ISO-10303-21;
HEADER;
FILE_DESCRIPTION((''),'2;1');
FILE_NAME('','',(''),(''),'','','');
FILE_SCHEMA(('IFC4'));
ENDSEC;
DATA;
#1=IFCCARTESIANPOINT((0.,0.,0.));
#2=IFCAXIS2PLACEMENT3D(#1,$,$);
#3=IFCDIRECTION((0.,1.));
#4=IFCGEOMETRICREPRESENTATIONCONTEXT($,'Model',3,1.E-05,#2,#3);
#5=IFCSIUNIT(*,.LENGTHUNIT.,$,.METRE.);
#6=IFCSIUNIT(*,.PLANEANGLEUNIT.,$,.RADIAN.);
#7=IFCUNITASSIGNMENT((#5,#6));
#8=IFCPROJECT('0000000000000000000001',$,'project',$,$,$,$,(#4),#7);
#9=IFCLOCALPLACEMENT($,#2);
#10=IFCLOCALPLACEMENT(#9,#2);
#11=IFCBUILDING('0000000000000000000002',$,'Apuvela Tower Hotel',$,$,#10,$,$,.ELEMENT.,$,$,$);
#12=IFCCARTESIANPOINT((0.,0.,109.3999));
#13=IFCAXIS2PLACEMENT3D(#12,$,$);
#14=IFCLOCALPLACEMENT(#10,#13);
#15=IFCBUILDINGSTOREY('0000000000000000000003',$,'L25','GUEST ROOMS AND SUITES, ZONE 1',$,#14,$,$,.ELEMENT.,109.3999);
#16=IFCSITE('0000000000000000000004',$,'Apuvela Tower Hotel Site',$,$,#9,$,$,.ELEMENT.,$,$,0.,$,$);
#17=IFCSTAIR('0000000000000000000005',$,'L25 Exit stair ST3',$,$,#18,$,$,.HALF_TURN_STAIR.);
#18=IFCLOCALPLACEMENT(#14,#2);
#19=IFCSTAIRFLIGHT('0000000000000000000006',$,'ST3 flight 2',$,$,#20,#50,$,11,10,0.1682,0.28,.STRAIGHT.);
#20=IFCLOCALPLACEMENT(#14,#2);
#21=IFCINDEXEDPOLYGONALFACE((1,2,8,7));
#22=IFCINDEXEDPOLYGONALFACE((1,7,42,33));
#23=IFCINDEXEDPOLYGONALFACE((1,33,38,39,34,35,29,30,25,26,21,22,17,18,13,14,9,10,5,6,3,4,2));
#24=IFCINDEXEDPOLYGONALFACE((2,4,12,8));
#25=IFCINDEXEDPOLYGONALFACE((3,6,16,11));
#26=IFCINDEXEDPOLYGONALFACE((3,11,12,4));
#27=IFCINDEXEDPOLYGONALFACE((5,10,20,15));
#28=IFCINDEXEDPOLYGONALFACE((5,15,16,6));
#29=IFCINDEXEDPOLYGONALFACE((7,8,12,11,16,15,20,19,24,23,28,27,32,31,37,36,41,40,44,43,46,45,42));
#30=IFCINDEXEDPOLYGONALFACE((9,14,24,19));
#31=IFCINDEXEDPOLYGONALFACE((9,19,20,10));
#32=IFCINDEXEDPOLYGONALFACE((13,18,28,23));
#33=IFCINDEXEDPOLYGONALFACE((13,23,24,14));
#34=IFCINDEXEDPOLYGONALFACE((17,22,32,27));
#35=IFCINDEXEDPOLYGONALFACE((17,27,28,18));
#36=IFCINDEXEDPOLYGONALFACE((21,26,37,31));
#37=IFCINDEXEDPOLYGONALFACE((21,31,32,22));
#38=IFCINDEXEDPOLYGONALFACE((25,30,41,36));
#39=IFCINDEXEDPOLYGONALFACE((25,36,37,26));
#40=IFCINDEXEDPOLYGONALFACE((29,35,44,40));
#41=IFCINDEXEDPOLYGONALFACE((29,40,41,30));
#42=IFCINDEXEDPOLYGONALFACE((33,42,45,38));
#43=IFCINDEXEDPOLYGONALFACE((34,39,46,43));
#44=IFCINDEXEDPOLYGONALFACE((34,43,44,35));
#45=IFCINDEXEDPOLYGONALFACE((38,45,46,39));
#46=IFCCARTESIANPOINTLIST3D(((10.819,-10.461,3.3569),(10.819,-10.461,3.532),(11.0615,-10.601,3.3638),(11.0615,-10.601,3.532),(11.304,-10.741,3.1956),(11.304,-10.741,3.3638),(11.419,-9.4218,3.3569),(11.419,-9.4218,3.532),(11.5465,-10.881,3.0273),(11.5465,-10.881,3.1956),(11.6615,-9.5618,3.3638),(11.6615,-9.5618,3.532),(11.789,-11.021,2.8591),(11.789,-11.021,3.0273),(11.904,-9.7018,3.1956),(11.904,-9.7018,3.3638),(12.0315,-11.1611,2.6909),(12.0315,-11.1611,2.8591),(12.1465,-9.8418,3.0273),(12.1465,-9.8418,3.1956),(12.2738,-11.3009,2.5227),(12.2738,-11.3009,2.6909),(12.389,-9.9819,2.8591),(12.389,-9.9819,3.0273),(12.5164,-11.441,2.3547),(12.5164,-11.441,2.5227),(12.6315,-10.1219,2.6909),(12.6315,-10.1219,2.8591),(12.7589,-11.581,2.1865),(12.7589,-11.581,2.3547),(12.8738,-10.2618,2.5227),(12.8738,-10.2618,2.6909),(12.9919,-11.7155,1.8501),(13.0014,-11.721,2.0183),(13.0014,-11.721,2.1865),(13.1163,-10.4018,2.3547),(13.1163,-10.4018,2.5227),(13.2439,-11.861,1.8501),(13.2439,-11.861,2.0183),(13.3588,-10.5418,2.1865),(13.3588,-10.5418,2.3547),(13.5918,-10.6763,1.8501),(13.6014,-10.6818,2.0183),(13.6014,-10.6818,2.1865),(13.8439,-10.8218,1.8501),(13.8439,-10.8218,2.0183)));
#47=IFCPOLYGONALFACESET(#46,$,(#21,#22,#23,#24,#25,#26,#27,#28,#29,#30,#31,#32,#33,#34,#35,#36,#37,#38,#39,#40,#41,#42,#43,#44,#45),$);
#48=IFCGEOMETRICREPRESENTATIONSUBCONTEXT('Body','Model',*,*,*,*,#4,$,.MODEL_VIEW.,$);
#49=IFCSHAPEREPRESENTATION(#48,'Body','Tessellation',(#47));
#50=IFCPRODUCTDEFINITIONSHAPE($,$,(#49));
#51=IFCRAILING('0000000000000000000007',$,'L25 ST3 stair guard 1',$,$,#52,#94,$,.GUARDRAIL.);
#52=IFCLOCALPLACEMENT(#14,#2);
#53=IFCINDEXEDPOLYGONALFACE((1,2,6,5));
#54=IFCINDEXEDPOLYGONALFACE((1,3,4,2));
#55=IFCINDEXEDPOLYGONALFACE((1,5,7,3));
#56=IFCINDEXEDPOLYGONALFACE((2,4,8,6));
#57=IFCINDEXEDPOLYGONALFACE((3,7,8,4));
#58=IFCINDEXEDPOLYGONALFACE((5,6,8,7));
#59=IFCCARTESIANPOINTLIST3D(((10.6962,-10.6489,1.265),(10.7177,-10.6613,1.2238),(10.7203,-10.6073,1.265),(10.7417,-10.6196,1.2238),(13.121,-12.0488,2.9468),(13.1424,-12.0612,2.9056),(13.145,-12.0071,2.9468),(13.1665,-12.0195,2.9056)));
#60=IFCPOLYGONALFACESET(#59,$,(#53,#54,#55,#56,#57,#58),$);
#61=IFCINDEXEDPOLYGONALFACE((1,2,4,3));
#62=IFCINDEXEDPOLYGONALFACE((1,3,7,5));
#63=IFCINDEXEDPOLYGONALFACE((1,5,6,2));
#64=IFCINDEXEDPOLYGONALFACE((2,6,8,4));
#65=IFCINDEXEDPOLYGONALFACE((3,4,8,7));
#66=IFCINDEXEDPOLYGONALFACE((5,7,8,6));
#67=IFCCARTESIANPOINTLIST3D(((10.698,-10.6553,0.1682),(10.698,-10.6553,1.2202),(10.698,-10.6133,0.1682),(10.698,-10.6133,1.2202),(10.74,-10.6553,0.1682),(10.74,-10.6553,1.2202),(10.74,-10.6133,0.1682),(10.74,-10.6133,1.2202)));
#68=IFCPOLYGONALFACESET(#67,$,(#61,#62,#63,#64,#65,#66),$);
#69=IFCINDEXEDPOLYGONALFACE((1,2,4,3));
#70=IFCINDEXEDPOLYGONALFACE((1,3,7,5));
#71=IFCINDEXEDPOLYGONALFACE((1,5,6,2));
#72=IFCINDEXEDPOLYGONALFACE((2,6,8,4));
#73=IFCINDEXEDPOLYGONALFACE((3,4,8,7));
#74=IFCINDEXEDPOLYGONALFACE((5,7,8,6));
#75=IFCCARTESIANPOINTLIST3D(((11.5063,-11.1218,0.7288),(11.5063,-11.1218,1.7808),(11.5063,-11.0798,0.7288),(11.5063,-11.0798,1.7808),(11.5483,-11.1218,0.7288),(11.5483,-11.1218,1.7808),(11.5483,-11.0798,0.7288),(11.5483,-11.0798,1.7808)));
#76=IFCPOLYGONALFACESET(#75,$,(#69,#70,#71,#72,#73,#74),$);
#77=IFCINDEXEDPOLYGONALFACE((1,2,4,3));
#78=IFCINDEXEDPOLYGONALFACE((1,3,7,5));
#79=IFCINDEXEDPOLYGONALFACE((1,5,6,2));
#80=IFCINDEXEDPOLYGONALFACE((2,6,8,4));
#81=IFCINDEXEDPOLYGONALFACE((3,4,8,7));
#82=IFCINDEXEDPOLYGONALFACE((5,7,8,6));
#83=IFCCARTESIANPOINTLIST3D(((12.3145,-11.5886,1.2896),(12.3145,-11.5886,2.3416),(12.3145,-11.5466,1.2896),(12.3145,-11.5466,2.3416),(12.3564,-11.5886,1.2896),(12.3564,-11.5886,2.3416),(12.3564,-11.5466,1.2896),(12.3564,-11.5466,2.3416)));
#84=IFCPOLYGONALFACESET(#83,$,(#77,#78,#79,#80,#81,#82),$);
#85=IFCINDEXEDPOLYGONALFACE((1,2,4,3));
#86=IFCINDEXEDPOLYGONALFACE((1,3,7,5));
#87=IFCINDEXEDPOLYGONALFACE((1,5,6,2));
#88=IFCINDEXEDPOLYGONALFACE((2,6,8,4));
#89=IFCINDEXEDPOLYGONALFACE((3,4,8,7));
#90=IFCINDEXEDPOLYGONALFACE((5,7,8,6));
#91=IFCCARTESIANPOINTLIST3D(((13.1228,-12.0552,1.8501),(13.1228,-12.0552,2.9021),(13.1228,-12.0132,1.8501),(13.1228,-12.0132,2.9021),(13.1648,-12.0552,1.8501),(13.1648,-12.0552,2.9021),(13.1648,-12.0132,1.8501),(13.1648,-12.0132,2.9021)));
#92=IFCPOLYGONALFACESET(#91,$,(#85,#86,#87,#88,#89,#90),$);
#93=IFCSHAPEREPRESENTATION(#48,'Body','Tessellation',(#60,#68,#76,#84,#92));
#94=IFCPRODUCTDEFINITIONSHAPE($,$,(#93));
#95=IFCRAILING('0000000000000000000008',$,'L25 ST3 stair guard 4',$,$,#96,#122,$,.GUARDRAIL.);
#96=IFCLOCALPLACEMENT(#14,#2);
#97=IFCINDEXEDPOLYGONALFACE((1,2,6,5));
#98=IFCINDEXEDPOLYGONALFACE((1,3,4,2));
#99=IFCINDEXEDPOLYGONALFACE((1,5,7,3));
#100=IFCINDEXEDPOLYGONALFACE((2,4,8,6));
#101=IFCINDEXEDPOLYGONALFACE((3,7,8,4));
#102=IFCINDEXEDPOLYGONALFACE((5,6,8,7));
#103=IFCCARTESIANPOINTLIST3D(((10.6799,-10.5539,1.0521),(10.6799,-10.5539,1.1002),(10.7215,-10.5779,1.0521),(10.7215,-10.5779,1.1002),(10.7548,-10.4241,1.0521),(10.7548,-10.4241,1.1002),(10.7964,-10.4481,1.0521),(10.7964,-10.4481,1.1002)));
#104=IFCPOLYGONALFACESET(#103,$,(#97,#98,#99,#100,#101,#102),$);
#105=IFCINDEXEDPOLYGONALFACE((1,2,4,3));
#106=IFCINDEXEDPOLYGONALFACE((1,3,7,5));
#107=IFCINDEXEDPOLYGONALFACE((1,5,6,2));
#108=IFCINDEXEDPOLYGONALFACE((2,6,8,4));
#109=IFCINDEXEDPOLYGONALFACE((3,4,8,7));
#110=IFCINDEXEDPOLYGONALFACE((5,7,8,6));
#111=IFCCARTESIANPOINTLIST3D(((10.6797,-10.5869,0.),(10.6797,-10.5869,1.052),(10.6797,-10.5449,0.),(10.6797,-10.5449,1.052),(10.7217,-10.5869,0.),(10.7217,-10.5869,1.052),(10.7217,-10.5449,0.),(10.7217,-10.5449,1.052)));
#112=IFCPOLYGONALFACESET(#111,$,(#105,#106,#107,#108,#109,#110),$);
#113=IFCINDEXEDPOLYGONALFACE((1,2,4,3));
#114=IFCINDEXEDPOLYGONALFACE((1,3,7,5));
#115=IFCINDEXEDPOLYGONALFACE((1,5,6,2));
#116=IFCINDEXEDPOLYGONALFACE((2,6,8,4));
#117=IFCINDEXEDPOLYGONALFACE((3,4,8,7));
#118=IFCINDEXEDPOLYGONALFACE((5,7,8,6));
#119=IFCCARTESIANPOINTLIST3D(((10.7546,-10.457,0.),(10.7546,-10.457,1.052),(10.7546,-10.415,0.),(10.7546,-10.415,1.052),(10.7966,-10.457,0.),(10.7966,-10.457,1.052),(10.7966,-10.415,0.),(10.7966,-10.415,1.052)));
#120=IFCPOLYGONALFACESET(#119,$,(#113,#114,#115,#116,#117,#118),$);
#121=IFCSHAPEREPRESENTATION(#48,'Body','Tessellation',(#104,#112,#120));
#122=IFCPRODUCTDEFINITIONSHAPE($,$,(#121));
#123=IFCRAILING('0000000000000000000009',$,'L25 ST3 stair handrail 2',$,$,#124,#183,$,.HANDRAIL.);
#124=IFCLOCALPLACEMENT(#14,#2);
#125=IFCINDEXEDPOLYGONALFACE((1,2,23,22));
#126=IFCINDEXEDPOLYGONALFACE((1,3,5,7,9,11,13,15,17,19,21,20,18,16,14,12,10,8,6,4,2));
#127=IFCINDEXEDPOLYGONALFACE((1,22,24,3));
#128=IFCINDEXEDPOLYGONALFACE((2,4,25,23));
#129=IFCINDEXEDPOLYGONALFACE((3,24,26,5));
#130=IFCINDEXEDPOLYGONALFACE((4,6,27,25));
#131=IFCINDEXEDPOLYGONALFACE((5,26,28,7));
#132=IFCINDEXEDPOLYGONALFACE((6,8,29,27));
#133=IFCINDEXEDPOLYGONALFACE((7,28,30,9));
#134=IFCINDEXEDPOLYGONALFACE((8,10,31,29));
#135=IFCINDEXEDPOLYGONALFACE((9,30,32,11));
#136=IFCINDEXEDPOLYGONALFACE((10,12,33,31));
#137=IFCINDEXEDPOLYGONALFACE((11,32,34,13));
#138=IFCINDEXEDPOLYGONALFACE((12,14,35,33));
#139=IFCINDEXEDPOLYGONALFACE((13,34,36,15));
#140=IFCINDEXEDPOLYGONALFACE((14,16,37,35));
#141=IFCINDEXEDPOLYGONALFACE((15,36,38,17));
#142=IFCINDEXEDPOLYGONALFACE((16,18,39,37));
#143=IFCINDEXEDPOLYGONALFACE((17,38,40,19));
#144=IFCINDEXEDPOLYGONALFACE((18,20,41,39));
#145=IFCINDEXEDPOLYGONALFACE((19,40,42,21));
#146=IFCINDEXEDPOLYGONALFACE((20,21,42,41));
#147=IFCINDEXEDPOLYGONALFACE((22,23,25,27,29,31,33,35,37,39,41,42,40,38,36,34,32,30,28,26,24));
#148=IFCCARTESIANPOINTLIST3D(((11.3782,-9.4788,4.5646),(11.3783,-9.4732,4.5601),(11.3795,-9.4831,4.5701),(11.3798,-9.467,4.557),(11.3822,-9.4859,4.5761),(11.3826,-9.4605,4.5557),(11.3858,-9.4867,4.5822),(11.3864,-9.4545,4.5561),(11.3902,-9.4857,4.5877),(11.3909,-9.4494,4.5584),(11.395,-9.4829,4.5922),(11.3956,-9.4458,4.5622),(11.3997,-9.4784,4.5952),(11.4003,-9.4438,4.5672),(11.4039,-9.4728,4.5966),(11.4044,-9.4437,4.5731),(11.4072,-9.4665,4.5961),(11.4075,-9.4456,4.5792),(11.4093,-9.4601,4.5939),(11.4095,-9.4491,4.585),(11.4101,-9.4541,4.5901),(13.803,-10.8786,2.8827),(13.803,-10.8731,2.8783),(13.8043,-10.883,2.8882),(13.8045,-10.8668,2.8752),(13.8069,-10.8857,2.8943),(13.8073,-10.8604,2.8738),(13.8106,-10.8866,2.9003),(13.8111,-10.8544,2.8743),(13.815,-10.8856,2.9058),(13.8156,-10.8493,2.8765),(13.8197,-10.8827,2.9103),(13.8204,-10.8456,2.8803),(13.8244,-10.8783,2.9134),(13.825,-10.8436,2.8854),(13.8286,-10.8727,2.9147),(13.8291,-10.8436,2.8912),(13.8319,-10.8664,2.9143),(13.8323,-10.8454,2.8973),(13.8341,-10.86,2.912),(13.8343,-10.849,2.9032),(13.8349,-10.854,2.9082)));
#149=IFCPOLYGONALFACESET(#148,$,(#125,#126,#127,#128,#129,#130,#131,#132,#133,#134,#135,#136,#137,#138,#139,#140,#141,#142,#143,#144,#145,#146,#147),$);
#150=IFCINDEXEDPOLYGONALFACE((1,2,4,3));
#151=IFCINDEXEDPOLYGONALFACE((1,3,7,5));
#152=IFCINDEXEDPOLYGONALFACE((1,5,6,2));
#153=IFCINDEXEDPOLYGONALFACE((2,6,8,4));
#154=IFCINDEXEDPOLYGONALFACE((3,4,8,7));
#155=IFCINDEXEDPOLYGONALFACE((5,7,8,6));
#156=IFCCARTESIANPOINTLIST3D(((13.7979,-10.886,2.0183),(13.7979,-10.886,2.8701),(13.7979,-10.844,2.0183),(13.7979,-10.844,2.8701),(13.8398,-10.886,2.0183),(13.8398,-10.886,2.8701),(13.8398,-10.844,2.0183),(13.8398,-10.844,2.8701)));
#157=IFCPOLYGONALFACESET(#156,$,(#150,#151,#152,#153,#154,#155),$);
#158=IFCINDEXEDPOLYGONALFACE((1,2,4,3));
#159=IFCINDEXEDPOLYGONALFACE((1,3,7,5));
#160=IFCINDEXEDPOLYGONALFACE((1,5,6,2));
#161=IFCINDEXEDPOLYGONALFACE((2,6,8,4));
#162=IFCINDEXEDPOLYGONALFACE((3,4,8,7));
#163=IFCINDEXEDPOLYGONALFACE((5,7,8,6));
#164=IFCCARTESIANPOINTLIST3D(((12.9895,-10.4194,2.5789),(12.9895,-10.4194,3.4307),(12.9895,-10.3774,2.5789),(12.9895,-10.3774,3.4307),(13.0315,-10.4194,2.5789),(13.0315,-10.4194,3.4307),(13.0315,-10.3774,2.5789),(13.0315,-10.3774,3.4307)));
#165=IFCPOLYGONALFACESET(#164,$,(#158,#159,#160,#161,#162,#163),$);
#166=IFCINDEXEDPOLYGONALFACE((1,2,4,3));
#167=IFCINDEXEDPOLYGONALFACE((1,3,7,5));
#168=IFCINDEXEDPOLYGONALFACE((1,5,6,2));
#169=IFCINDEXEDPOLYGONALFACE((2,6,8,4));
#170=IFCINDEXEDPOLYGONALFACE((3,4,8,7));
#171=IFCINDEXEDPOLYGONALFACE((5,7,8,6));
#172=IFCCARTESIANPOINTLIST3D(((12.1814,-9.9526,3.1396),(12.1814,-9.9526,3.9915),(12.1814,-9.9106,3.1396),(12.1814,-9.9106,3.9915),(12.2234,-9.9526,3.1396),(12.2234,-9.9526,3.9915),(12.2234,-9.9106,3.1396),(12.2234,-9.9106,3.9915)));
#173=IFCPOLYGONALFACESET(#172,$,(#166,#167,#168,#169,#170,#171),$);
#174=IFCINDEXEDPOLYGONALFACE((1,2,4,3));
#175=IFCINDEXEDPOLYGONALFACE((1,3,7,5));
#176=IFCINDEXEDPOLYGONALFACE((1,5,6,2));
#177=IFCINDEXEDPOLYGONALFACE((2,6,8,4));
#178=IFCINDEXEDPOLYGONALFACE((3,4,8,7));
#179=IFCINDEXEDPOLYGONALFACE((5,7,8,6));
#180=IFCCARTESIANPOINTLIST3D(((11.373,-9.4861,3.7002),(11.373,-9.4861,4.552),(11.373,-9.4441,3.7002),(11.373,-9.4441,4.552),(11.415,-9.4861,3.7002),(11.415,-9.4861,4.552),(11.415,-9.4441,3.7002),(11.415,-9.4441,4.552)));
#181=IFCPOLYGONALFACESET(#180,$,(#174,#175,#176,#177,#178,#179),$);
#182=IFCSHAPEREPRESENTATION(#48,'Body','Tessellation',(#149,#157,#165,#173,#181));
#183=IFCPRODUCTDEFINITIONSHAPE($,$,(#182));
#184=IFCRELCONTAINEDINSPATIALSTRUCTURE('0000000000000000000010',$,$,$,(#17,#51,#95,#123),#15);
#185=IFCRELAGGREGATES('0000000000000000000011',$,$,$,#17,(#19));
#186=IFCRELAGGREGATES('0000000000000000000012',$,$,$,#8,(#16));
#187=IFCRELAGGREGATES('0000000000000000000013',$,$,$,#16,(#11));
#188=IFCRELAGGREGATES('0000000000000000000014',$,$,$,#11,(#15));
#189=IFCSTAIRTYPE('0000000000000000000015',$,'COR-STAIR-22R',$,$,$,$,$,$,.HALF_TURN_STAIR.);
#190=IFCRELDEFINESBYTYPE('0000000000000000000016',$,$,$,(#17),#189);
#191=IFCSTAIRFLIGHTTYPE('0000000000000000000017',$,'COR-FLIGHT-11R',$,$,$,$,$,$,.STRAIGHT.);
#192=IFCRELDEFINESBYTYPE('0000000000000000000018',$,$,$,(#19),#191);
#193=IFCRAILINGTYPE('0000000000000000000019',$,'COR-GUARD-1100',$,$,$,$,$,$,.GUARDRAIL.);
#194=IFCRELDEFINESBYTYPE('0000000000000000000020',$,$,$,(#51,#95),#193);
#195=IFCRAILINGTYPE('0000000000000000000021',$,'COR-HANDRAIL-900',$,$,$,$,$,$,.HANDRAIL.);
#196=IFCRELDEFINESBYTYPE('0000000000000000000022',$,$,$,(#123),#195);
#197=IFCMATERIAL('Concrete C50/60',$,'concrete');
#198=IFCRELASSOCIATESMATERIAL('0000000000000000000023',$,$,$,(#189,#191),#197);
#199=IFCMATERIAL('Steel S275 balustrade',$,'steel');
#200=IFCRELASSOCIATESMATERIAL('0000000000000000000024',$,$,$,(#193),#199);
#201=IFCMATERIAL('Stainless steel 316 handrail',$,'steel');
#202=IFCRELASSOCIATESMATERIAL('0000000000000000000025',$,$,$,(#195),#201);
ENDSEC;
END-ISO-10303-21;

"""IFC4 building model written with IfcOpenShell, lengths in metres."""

from ifc_helpers import new_model, si_unit, direction, frame, origin, origin_2d, place, context, subcontext, project, spatial, polyline, rectangle, circle, outline, extrude, material, type_object, element, aggregate, save


model = new_model("IFC4")

# Units and contexts
model_context = context("Model", 3, precision=1e-05, world=origin(), true_north=direction((0.0, 1.0)))
body_context = subcontext(model_context, "Body", "Model", "MODEL_VIEW")
ifc_project = project(units=[si_unit("LENGTHUNIT", "METRE"), si_unit("PLANEANGLEUNIT", "RADIAN")], contexts=[model_context])

# Site, building, storey
site_placement = place(None, origin())
site = spatial("IfcSite", under=ifc_project, at=site_placement, Name="Apuvela Tower Hotel Site", CompositionType="ELEMENT", RefElevation=0.0)
building_placement = place(site_placement, origin())
building = spatial("IfcBuilding", under=site, at=building_placement, Name="Apuvela Tower Hotel", CompositionType="ELEMENT")
storey_placement = place(building_placement, frame((0.0, 0.0, 109.3999)))
storey = spatial("IfcBuildingStorey", under=building, at=storey_placement, Name="L25", Description="GUEST ROOMS AND SUITES, ZONE 1", CompositionType="ELEMENT", Elevation=109.3999)

# Shared definitions
ifc_material_1 = material(Name="Concrete C50/60", Category="concrete")

# Stair, stair flight
stair_type = type_object("IfcStairType", Name="COR-STAIR-22R", PredefinedType="HALF_TURN_STAIR", material=ifc_material_1)
stair_placement = place(storey_placement, origin())
stair = element("IfcStair", 1, at=stair_placement, inside=storey, type_object=stair_type, Name="L25 Exit stair ST3", PredefinedType="HALF_TURN_STAIR")
stair_flight_type = type_object("IfcStairFlightType", Name="COR-FLIGHT-11R", PredefinedType="STRAIGHT", material=ifc_material_1)
stair_flight_1_placement = place(storey_placement, frame((13.5439, -11.3413, 1.8501), z_axis=(0.0, 0.0, 1.0), x_axis=(-0.866025, 0.5, 0.0)))
stair_flight_1 = element("IfcStairFlight", 2, at=stair_flight_1_placement, type_object=stair_flight_type, Name="ST3 flight 2", NumberOfRisers=11, NumberOfTreads=10, PredefinedType="STRAIGHT", RiserHeight=0.1682, TreadLength=0.28, context=body_context, shape_type="SweptSolid", body=[
    extrude(outline(polyline([(0.0, 0.0), (0.0, 0.1682), (0.28, 0.1682), (0.28, 0.3364), (0.5601, 0.3364), (0.5601, 0.5046), (0.8401, 0.5046), (0.8401, 0.6726), (1.1201, 0.6726), (1.1201, 0.8408), (1.3999, 0.8408), (1.3999, 1.009), (1.6799, 1.009), (1.6799, 1.1772), (1.96, 1.1772), (1.96, 1.3455), (2.24, 1.3455), (2.24, 1.5137), (2.52, 1.5137), (2.52, 1.6819), (2.8, 1.6819), (2.8, 1.8501), (2.8, 1.5068), (0.291, 0.0), (0.0, 0.0)])), frame((0.0, 0.6001, 0.0), z_axis=(0.0, -1.0, 0.0), x_axis=(1.0, 0.0, 0.0)), (0.0, 0.0, 1.0), 1.2),
])
aggregate(stair, [stair_flight_1])

# Railings
ifc_material_2 = material(Name="Steel S275 balustrade", Category="steel")
railing_type_1 = type_object("IfcRailingType", Name="COR-GUARD-1100", PredefinedType="GUARDRAIL", material=ifc_material_2)
railing_1_placement = place(storey_placement, frame((10.719, -10.6343, 0.1682)))
element("IfcRailing", 3, at=railing_1_placement, inside=storey, type_object=railing_type_1, Name="L25 ST3 stair guard 1", PredefinedType="GUARDRAIL", context=body_context, shape_type="SweptSolid", body=[
    extrude(rectangle(XDim=0.0481, YDim=0.0481, at=origin_2d()), frame((0.0, 0.0, 1.0762), z_axis=(0.74239, -0.428601, 0.514934), x_axis=(0.499984, 0.866035, 0.0)), (0.0, 0.0, 1.0), 3.2661),
    extrude(rectangle(XDim=0.042, YDim=0.042, at=origin_2d()), origin(), (0.0, 0.0, 1.0), 1.052),
    extrude(rectangle(XDim=0.042, YDim=0.042, at=origin_2d()), frame((0.8083, -0.4666, 0.5605)), (0.0, 0.0, 1.0), 1.052),
    extrude(rectangle(XDim=0.042, YDim=0.042, at=origin_2d()), frame((1.6165, -0.9333, 1.1213)), (0.0, 0.0, 1.0), 1.052),
    extrude(rectangle(XDim=0.042, YDim=0.042, at=origin_2d()), frame((2.4248, -1.3999, 1.6819)), (0.0, 0.0, 1.0), 1.052),
])
railing_2_placement = place(storey_placement, frame((10.7007, -10.5659, 0.0)))
element("IfcRailing", 4, at=railing_2_placement, inside=storey, type_object=railing_type_1, Name="L25 ST3 stair guard 4", PredefinedType="GUARDRAIL", context=body_context, shape_type="SweptSolid", body=[
    extrude(rectangle(XDim=0.0481, YDim=0.0481, at=origin_2d()), frame((0.0, 0.0, 1.0762), z_axis=(0.499816, 0.866131, 0.0), x_axis=(-0.866131, 0.499816, 0.0)), (0.0, 0.0, 1.0), 0.1499),
    extrude(rectangle(XDim=0.042, YDim=0.042, at=origin_2d()), origin(), (0.0, 0.0, 1.0), 1.052),
    extrude(rectangle(XDim=0.042, YDim=0.042, at=origin_2d()), frame((0.075, 0.1299, 0.0)), (0.0, 0.0, 1.0), 1.052),
])
ifc_material_3 = material(Name="Stainless steel 316 handrail", Category="steel")
railing_type_2 = type_object("IfcRailingType", Name="COR-HANDRAIL-900", PredefinedType="HANDRAIL", material=ifc_material_3)
railing_3_placement = place(storey_placement, frame((13.8188, -10.865, 2.0183)))
element("IfcRailing", 5, at=railing_3_placement, inside=storey, type_object=railing_type_2, Name="L25 ST3 stair handrail 2", PredefinedType="HANDRAIL", context=body_context, shape_type="SweptSolid", body=[
    extrude(circle(Radius=0.0239, at=origin_2d()), frame((0.0, 0.0, 0.876), z_axis=(-0.74239, 0.428601, 0.514934), x_axis=(-0.499984, -0.866035, 0.0)), (0.0, 0.0, 1.0), 3.2661),
    extrude(rectangle(XDim=0.042, YDim=0.042, at=origin_2d()), origin(), (0.0, 0.0, 1.0), 0.8518),
    extrude(rectangle(XDim=0.042, YDim=0.042, at=origin_2d()), frame((-0.8083, 0.4666, 0.5605)), (0.0, 0.0, 1.0), 0.8518),
    extrude(rectangle(XDim=0.042, YDim=0.042, at=origin_2d()), frame((-1.6165, 0.9333, 1.1213)), (0.0, 0.0, 1.0), 0.8518),
    extrude(rectangle(XDim=0.042, YDim=0.042, at=origin_2d()), frame((-2.4248, 1.3999, 1.6819)), (0.0, 0.0, 1.0), 0.8518),
])

save(model, "model.ifc")
